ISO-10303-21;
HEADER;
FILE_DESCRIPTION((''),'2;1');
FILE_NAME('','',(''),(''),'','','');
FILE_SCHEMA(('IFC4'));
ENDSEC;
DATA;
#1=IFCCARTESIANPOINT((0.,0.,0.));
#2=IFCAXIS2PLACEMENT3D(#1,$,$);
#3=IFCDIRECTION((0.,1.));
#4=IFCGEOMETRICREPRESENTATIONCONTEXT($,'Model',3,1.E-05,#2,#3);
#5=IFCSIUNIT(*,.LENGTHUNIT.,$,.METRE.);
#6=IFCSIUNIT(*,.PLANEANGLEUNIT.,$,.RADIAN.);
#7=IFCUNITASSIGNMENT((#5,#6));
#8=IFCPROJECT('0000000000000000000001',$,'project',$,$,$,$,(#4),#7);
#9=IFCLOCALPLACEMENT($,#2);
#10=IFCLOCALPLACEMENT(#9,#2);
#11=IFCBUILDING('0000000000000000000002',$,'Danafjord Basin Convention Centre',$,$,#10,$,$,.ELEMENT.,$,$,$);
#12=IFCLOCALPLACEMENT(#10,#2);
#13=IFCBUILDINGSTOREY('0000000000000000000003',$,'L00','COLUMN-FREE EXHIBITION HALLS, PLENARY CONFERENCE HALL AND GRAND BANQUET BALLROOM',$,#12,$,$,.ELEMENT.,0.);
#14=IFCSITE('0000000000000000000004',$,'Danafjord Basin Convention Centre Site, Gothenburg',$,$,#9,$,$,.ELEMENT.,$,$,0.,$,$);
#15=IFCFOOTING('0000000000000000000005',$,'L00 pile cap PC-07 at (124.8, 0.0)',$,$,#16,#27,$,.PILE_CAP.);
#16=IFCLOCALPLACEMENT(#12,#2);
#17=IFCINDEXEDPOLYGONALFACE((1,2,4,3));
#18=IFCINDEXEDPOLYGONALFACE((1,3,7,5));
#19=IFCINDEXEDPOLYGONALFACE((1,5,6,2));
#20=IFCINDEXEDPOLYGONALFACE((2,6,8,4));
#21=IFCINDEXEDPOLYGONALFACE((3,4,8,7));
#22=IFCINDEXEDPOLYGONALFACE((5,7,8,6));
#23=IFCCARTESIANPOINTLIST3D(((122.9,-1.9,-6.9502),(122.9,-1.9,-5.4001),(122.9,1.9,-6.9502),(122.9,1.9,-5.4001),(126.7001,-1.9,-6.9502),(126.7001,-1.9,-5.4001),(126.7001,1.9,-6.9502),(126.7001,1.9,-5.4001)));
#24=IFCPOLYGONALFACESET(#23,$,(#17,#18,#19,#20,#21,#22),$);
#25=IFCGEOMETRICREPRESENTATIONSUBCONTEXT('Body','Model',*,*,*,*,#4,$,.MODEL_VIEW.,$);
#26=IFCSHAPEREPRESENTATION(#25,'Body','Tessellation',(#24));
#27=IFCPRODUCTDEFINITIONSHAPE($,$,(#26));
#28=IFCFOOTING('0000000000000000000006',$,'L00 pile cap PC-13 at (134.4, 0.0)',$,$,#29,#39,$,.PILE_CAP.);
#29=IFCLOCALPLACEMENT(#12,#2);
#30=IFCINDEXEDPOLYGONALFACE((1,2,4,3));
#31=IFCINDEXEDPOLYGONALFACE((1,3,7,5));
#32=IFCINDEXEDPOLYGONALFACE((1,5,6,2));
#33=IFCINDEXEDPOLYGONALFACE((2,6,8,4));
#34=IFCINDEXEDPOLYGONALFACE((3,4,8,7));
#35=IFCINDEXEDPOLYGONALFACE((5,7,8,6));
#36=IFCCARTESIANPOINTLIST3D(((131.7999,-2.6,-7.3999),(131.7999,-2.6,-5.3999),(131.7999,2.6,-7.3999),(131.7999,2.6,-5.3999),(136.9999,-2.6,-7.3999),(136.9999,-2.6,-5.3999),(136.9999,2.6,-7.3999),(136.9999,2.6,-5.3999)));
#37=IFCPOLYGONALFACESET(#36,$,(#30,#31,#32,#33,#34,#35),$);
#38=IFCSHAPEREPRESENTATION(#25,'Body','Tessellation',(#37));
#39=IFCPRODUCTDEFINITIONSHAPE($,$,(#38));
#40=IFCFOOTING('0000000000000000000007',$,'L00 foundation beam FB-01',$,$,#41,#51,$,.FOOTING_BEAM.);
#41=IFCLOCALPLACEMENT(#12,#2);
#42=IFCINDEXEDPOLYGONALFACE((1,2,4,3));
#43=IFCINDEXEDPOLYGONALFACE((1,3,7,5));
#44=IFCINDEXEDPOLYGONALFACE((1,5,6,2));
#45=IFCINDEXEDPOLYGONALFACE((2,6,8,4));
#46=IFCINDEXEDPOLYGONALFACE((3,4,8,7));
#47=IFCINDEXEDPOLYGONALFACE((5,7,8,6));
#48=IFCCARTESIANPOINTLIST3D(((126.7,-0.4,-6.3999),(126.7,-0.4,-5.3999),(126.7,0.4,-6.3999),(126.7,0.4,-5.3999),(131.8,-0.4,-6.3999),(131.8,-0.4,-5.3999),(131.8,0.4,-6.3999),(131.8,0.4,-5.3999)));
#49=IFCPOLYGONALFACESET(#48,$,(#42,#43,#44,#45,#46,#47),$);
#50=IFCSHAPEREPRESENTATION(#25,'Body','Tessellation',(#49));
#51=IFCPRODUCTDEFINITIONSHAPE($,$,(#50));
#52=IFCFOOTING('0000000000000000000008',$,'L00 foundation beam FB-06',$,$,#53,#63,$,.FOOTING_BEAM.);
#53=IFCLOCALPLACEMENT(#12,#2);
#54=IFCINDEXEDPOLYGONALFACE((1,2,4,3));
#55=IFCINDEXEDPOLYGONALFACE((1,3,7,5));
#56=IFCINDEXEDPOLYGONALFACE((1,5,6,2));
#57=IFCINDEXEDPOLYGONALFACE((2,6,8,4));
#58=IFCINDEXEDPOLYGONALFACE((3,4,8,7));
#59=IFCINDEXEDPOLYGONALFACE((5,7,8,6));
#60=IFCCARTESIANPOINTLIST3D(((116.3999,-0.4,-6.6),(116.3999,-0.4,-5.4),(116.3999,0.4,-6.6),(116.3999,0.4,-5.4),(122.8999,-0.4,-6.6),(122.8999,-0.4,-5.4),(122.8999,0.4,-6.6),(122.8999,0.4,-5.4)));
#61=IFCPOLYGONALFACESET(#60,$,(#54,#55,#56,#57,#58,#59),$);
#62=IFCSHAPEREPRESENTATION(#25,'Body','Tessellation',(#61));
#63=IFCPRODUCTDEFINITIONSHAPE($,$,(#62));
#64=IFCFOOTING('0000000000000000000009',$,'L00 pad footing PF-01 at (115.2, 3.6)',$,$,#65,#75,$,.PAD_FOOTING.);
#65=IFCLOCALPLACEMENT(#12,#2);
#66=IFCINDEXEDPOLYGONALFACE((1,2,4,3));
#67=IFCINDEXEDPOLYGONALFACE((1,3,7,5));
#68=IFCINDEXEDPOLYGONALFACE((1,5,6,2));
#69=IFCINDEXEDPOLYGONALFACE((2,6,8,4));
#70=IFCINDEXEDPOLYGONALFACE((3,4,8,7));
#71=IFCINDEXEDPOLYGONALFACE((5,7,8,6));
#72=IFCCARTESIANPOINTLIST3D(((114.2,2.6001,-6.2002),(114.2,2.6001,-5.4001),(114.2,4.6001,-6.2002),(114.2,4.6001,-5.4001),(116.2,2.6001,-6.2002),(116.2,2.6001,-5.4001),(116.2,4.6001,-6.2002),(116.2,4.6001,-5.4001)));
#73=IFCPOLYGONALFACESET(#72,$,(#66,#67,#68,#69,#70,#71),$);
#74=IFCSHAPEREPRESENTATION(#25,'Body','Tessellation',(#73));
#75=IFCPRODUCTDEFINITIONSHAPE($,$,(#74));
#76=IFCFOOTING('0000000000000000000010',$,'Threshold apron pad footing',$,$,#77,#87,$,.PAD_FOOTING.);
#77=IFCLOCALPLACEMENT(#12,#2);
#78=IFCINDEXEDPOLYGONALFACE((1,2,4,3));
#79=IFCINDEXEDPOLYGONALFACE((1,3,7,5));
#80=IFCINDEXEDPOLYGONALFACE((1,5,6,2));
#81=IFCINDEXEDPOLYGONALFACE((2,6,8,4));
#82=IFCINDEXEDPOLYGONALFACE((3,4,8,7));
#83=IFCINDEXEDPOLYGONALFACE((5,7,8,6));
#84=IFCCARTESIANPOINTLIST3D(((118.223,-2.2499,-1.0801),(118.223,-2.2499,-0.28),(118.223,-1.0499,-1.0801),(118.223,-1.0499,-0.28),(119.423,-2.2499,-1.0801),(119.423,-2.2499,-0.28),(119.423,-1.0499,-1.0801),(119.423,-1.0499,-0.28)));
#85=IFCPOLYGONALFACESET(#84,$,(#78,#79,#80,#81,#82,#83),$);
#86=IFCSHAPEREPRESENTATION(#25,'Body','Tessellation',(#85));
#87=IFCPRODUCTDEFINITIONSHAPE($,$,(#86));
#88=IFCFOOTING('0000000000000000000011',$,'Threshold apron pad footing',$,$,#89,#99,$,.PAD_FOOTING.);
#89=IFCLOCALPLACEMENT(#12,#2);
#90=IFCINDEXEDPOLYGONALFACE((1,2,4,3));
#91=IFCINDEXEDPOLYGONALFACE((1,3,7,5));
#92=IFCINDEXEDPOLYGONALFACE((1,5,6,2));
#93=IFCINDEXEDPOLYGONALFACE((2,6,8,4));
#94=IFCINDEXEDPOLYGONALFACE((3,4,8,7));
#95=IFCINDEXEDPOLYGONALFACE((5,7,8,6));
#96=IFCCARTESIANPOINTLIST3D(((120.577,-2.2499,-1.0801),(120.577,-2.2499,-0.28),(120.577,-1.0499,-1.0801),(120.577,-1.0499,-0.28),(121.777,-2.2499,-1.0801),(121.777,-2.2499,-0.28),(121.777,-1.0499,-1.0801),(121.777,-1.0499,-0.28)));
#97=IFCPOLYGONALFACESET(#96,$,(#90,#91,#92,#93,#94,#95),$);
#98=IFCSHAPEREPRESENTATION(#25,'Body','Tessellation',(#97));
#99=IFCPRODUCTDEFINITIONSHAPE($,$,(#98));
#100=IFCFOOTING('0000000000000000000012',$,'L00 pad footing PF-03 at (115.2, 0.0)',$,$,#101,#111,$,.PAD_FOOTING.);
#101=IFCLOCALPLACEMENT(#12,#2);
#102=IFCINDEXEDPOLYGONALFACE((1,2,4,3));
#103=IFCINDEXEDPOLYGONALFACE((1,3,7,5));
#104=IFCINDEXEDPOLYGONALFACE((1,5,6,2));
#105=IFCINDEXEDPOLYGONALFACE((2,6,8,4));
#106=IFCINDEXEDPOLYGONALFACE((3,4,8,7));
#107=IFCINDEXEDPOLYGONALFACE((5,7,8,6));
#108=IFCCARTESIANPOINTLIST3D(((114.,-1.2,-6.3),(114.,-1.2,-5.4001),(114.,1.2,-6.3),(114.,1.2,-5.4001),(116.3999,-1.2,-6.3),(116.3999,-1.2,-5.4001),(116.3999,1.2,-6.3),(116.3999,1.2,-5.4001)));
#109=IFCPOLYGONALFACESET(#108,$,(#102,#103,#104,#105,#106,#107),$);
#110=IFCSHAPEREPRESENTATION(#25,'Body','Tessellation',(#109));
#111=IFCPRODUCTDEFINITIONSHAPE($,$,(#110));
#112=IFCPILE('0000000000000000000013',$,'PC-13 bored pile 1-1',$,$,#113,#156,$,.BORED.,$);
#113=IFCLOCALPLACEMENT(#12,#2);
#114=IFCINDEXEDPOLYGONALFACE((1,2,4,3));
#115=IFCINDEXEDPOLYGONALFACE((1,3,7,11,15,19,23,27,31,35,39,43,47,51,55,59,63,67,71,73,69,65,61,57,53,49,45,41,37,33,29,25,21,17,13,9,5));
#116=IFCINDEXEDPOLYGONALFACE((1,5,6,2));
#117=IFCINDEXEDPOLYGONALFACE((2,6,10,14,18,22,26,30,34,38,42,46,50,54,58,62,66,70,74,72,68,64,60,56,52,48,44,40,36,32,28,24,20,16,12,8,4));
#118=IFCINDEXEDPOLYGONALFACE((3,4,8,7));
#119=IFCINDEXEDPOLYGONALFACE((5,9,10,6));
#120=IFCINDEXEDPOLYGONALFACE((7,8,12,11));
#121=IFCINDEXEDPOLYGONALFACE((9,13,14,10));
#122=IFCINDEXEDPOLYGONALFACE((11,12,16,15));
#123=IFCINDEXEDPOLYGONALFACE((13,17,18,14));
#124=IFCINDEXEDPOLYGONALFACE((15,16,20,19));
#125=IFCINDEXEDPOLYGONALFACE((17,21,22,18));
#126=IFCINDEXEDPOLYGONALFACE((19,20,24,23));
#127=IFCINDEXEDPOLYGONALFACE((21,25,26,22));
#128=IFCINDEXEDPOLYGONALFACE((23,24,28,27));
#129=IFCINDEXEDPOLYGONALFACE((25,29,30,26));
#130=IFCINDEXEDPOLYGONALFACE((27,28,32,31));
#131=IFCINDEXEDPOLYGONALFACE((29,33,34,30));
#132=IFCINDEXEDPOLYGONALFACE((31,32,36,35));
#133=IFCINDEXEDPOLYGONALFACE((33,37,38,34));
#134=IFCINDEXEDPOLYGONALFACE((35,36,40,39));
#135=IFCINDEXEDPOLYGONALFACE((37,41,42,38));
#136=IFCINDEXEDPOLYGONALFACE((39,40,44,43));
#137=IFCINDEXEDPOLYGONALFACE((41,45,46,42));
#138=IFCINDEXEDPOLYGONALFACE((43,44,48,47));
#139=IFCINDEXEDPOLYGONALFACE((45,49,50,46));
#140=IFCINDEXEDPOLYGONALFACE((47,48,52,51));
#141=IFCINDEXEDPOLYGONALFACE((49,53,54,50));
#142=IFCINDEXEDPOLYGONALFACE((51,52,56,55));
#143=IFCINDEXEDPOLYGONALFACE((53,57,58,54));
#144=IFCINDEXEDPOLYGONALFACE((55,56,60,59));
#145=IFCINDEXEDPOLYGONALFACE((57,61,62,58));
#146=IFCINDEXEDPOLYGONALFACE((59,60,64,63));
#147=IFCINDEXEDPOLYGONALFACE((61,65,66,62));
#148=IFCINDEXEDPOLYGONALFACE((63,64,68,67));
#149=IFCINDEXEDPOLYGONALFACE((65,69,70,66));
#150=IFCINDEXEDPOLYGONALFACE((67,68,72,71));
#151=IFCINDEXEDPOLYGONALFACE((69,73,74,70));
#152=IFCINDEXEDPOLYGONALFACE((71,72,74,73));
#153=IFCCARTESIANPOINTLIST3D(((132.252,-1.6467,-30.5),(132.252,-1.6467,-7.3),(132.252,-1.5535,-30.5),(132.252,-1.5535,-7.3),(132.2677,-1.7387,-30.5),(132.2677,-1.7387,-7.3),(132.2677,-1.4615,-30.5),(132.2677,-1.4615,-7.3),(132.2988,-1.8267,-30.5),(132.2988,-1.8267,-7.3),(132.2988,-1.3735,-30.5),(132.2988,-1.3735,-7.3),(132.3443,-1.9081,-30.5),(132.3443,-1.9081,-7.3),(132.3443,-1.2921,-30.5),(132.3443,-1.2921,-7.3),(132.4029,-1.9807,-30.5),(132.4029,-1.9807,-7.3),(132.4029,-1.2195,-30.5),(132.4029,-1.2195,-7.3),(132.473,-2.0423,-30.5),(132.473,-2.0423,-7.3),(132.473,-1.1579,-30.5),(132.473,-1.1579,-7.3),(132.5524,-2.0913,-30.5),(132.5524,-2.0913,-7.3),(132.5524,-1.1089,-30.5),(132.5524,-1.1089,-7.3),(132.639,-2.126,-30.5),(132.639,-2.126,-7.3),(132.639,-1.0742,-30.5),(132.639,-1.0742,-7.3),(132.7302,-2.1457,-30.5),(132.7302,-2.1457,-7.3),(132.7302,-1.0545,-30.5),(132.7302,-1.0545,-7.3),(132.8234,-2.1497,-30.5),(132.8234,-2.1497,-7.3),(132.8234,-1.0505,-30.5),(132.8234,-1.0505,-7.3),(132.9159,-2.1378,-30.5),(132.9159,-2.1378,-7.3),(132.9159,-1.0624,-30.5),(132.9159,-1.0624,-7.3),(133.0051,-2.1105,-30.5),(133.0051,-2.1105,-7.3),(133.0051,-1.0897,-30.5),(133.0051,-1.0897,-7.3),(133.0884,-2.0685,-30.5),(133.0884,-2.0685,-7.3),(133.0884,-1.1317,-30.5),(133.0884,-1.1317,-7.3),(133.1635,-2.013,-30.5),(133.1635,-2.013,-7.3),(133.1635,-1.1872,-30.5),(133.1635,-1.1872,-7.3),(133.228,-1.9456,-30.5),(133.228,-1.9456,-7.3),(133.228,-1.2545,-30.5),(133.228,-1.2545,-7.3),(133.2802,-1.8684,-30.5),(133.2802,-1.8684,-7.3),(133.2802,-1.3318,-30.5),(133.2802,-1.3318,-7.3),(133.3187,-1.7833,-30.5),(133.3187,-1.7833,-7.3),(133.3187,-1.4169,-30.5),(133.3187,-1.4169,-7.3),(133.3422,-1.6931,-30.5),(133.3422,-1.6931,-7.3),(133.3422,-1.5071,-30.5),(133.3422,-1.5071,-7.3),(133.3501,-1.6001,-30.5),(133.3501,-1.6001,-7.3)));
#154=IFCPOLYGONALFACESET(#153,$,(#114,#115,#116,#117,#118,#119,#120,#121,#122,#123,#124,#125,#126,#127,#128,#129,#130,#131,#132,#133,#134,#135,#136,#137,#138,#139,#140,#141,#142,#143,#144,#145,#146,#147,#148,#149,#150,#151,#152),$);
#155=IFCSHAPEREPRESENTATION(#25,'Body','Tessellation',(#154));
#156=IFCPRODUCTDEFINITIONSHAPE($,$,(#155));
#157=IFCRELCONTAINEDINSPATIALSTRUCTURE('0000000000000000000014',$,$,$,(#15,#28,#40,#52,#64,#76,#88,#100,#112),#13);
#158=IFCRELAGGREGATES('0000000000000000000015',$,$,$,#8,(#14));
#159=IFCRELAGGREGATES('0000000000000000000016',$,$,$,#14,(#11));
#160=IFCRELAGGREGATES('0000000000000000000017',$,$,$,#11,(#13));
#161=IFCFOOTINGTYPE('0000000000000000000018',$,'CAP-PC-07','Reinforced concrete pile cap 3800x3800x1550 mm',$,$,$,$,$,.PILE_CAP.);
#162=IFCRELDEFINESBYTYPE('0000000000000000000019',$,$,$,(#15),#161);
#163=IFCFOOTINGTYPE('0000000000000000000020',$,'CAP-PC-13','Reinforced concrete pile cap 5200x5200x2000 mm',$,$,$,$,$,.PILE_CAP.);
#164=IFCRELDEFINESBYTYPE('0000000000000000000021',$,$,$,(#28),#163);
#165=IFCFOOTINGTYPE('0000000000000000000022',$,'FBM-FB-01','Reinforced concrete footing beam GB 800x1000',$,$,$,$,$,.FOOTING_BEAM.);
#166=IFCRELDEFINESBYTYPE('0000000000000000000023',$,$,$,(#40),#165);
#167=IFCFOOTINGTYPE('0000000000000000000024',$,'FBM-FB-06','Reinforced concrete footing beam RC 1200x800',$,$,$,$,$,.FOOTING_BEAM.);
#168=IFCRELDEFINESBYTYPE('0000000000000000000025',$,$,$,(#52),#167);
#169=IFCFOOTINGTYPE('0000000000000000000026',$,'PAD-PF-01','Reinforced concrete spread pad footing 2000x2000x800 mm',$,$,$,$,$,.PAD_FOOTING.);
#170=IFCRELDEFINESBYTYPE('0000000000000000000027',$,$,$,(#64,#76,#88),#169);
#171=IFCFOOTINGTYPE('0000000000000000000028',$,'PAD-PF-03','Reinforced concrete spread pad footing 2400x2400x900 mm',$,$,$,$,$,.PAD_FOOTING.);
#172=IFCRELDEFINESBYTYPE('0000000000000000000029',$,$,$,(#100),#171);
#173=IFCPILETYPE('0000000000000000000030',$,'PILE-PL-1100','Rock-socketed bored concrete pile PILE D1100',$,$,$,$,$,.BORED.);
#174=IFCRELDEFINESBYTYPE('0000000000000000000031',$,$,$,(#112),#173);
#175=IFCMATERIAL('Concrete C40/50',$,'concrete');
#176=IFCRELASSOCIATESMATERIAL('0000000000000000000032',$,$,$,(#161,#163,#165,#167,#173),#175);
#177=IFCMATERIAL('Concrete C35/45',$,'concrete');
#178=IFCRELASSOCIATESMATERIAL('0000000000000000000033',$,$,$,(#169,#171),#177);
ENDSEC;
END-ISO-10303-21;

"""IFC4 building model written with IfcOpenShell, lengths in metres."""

from ifc_helpers import new_model, si_unit, direction, frame, origin, origin_2d, place, context, subcontext, project, spatial, rectangle, circle, extrude, material, material_profile, profile_set, type_object, element, save


model = new_model("IFC4")

# Units and contexts
model_context = context("Model", 3, precision=1e-05, world=origin(), true_north=direction((0.0, 1.0)))
body_context = subcontext(model_context, "Body", "Model", "MODEL_VIEW")
ifc_project = project(units=[si_unit("LENGTHUNIT", "METRE"), si_unit("PLANEANGLEUNIT", "RADIAN")], contexts=[model_context])

# Site, building, storey
site_placement = place(None, origin())
site = spatial("IfcSite", under=ifc_project, at=site_placement, Name="Danafjord Basin Convention Centre Site, Gothenburg", CompositionType="ELEMENT", RefElevation=0.0)
building_placement = place(site_placement, origin())
building = spatial("IfcBuilding", under=site, at=building_placement, Name="Danafjord Basin Convention Centre", CompositionType="ELEMENT")
storey_placement = place(building_placement, origin())
storey = spatial("IfcBuildingStorey", under=building, at=storey_placement, Name="L00", Description="COLUMN-FREE EXHIBITION HALLS, PLENARY CONFERENCE HALL AND GRAND BANQUET BALLROOM", CompositionType="ELEMENT", Elevation=0.0)

# Footings
ifc_material_1 = material(Name="Concrete C40/50", Category="concrete")
footing_type_1 = type_object("IfcFootingType", Name="CAP-PC-07", Description="Reinforced concrete pile cap 3800x3800x1550 mm", PredefinedType="PILE_CAP", material=ifc_material_1)
footing_1_placement = place(storey_placement, frame((124.8, 0.0, -6.9502), z_axis=(0.0, 0.0, 1.0), x_axis=(1.0, 0.0, 0.0)))
element("IfcFooting", 1, at=footing_1_placement, inside=storey, type_object=footing_type_1, Name="L00 pile cap PC-07 at (124.8, 0.0)", PredefinedType="PILE_CAP", context=body_context, shape_type="SweptSolid", body=[
    extrude(rectangle(XDim=3.8, YDim=3.8, at=origin_2d()), origin(), (0.0, 0.0, 1.0), 1.55),
])
footing_type_2 = type_object("IfcFootingType", Name="CAP-PC-13", Description="Reinforced concrete pile cap 5200x5200x2000 mm", PredefinedType="PILE_CAP", material=ifc_material_1)
footing_2_placement = place(storey_placement, frame((134.3999, 0.0, -7.3999), z_axis=(0.0, 0.0, 1.0), x_axis=(1.0, 0.0, 0.0)))
element("IfcFooting", 2, at=footing_2_placement, inside=storey, type_object=footing_type_2, Name="L00 pile cap PC-13 at (134.4, 0.0)", PredefinedType="PILE_CAP", context=body_context, shape_type="SweptSolid", body=[
    extrude(rectangle(XDim=5.2, YDim=5.2, at=origin_2d()), origin(), (0.0, 0.0, 1.0), 2.0),
])
ifc_material_profile_1 = material_profile(ifc_material_1, rectangle(XDim=0.8, YDim=1.0, at=origin_2d()), Name="GB 800x1000")
ifc_profile_set_1 = profile_set([ifc_material_profile_1], Name="Concrete C40/50")
footing_type_3 = type_object("IfcFootingType", Name="FBM-FB-01", Description="Reinforced concrete footing beam GB 800x1000", PredefinedType="FOOTING_BEAM", material=ifc_profile_set_1)
footing_3_placement = place(storey_placement, frame((126.7, 0.0, -5.8999), z_axis=(1.0, 0.0, 0.0), x_axis=(0.0, 1.0, 0.0)))
element("IfcFooting", 3, at=footing_3_placement, inside=storey, type_object=footing_type_3, Name="L00 foundation beam FB-01", PredefinedType="FOOTING_BEAM", context=body_context, shape_type="SweptSolid", body=[
    extrude(rectangle(XDim=0.8, YDim=1.0, at=origin_2d()), origin(), (0.0, 0.0, 1.0), 5.1001),
])
ifc_material_profile_2 = material_profile(ifc_material_1, rectangle(XDim=0.8, YDim=1.2, at=origin_2d()), Name="RC 1200x800")
ifc_profile_set_2 = profile_set([ifc_material_profile_2], Name="Concrete C40/50")
footing_type_4 = type_object("IfcFootingType", Name="FBM-FB-06", Description="Reinforced concrete footing beam RC 1200x800", PredefinedType="FOOTING_BEAM", material=ifc_profile_set_2)
footing_4_placement = place(storey_placement, frame((116.3999, 0.0, -6.0), z_axis=(1.0, 0.0, 0.0), x_axis=(0.0, 1.0, 0.0)))
element("IfcFooting", 4, at=footing_4_placement, inside=storey, type_object=footing_type_4, Name="L00 foundation beam FB-06", PredefinedType="FOOTING_BEAM", context=body_context, shape_type="SweptSolid", body=[
    extrude(rectangle(XDim=0.8, YDim=1.2, at=origin_2d()), origin(), (0.0, 0.0, 1.0), 6.5),
])
ifc_material_2 = material(Name="Concrete C35/45", Category="concrete")
footing_type_5 = type_object("IfcFootingType", Name="PAD-PF-01", Description="Reinforced concrete spread pad footing 2000x2000x800 mm", PredefinedType="PAD_FOOTING", material=ifc_material_2)
footing_5_placement = place(storey_placement, frame((115.2, 3.6001, -6.2002), z_axis=(0.0, 0.0, 1.0), x_axis=(1.0, 0.0, 0.0)))
element("IfcFooting", 5, at=footing_5_placement, inside=storey, type_object=footing_type_5, Name="L00 pad footing PF-01 at (115.2, 3.6)", PredefinedType="PAD_FOOTING", context=body_context, shape_type="SweptSolid", body=[
    extrude(rectangle(XDim=2.0, YDim=2.0, at=origin_2d()), origin(), (0.0, 0.0, 1.0), 0.8),
])
for number, where, z_axis, x_axis, name in (
    (6, (118.823, -1.6499, -1.0801), (0.0, 0.0, 1.0), (1.0, 0.0, 0.0), "Threshold apron pad footing"),
    (7, (121.177, -1.6499, -1.0801), (0.0, 0.0, 1.0), (1.0, 0.0, 0.0), "Threshold apron pad footing"),
):
    element("IfcFooting", number, at=place(storey_placement, frame(where, z_axis=z_axis, x_axis=x_axis)), inside=storey, type_object=footing_type_5, Name=name, PredefinedType="PAD_FOOTING", context=body_context, shape_type="SweptSolid", body=[
        extrude(rectangle(XDim=1.2, YDim=1.2, at=origin_2d()), origin(), (0.0, 0.0, 1.0), 0.8),
    ])
footing_type_6 = type_object("IfcFootingType", Name="PAD-PF-03", Description="Reinforced concrete spread pad footing 2400x2400x900 mm", PredefinedType="PAD_FOOTING", material=ifc_material_2)
footing_6_placement = place(storey_placement, frame((115.2, 0.0, -6.3), z_axis=(0.0, 0.0, 1.0), x_axis=(1.0, 0.0, 0.0)))
element("IfcFooting", 8, at=footing_6_placement, inside=storey, type_object=footing_type_6, Name="L00 pad footing PF-03 at (115.2, 0.0)", PredefinedType="PAD_FOOTING", context=body_context, shape_type="SweptSolid", body=[
    extrude(rectangle(XDim=2.3999, YDim=2.3999, at=origin_2d()), origin(), (0.0, 0.0, 1.0), 0.8999),
])

# Pile
ifc_material_profile_3 = material_profile(ifc_material_1, circle(Radius=0.55, at=origin_2d()), Name="PILE D1100")
ifc_profile_set_3 = profile_set([ifc_material_profile_3], Name="Concrete C40/50")
pile_type_1 = type_object("IfcPileType", Name="PILE-PL-1100", Description="Rock-socketed bored concrete pile PILE D1100", PredefinedType="BORED", material=ifc_profile_set_3)
for number, where, z_axis, x_axis, name in (
    (9, (132.8, -1.6001, -7.3), (0.0, 0.0, -1.0), (1.0, 0.0, 0.0), "PC-13 bored pile 1-1"),
):
    element("IfcPile", number, at=place(storey_placement, frame(where, z_axis=z_axis, x_axis=x_axis)), inside=storey, type_object=pile_type_1, Name=name, PredefinedType="BORED", context=body_context, shape_type="SweptSolid", body=[
        extrude(circle(Radius=0.55, at=origin_2d()), origin(), (0.0, 0.0, 1.0), 23.2),
    ])

save(model, "model.ifc")
